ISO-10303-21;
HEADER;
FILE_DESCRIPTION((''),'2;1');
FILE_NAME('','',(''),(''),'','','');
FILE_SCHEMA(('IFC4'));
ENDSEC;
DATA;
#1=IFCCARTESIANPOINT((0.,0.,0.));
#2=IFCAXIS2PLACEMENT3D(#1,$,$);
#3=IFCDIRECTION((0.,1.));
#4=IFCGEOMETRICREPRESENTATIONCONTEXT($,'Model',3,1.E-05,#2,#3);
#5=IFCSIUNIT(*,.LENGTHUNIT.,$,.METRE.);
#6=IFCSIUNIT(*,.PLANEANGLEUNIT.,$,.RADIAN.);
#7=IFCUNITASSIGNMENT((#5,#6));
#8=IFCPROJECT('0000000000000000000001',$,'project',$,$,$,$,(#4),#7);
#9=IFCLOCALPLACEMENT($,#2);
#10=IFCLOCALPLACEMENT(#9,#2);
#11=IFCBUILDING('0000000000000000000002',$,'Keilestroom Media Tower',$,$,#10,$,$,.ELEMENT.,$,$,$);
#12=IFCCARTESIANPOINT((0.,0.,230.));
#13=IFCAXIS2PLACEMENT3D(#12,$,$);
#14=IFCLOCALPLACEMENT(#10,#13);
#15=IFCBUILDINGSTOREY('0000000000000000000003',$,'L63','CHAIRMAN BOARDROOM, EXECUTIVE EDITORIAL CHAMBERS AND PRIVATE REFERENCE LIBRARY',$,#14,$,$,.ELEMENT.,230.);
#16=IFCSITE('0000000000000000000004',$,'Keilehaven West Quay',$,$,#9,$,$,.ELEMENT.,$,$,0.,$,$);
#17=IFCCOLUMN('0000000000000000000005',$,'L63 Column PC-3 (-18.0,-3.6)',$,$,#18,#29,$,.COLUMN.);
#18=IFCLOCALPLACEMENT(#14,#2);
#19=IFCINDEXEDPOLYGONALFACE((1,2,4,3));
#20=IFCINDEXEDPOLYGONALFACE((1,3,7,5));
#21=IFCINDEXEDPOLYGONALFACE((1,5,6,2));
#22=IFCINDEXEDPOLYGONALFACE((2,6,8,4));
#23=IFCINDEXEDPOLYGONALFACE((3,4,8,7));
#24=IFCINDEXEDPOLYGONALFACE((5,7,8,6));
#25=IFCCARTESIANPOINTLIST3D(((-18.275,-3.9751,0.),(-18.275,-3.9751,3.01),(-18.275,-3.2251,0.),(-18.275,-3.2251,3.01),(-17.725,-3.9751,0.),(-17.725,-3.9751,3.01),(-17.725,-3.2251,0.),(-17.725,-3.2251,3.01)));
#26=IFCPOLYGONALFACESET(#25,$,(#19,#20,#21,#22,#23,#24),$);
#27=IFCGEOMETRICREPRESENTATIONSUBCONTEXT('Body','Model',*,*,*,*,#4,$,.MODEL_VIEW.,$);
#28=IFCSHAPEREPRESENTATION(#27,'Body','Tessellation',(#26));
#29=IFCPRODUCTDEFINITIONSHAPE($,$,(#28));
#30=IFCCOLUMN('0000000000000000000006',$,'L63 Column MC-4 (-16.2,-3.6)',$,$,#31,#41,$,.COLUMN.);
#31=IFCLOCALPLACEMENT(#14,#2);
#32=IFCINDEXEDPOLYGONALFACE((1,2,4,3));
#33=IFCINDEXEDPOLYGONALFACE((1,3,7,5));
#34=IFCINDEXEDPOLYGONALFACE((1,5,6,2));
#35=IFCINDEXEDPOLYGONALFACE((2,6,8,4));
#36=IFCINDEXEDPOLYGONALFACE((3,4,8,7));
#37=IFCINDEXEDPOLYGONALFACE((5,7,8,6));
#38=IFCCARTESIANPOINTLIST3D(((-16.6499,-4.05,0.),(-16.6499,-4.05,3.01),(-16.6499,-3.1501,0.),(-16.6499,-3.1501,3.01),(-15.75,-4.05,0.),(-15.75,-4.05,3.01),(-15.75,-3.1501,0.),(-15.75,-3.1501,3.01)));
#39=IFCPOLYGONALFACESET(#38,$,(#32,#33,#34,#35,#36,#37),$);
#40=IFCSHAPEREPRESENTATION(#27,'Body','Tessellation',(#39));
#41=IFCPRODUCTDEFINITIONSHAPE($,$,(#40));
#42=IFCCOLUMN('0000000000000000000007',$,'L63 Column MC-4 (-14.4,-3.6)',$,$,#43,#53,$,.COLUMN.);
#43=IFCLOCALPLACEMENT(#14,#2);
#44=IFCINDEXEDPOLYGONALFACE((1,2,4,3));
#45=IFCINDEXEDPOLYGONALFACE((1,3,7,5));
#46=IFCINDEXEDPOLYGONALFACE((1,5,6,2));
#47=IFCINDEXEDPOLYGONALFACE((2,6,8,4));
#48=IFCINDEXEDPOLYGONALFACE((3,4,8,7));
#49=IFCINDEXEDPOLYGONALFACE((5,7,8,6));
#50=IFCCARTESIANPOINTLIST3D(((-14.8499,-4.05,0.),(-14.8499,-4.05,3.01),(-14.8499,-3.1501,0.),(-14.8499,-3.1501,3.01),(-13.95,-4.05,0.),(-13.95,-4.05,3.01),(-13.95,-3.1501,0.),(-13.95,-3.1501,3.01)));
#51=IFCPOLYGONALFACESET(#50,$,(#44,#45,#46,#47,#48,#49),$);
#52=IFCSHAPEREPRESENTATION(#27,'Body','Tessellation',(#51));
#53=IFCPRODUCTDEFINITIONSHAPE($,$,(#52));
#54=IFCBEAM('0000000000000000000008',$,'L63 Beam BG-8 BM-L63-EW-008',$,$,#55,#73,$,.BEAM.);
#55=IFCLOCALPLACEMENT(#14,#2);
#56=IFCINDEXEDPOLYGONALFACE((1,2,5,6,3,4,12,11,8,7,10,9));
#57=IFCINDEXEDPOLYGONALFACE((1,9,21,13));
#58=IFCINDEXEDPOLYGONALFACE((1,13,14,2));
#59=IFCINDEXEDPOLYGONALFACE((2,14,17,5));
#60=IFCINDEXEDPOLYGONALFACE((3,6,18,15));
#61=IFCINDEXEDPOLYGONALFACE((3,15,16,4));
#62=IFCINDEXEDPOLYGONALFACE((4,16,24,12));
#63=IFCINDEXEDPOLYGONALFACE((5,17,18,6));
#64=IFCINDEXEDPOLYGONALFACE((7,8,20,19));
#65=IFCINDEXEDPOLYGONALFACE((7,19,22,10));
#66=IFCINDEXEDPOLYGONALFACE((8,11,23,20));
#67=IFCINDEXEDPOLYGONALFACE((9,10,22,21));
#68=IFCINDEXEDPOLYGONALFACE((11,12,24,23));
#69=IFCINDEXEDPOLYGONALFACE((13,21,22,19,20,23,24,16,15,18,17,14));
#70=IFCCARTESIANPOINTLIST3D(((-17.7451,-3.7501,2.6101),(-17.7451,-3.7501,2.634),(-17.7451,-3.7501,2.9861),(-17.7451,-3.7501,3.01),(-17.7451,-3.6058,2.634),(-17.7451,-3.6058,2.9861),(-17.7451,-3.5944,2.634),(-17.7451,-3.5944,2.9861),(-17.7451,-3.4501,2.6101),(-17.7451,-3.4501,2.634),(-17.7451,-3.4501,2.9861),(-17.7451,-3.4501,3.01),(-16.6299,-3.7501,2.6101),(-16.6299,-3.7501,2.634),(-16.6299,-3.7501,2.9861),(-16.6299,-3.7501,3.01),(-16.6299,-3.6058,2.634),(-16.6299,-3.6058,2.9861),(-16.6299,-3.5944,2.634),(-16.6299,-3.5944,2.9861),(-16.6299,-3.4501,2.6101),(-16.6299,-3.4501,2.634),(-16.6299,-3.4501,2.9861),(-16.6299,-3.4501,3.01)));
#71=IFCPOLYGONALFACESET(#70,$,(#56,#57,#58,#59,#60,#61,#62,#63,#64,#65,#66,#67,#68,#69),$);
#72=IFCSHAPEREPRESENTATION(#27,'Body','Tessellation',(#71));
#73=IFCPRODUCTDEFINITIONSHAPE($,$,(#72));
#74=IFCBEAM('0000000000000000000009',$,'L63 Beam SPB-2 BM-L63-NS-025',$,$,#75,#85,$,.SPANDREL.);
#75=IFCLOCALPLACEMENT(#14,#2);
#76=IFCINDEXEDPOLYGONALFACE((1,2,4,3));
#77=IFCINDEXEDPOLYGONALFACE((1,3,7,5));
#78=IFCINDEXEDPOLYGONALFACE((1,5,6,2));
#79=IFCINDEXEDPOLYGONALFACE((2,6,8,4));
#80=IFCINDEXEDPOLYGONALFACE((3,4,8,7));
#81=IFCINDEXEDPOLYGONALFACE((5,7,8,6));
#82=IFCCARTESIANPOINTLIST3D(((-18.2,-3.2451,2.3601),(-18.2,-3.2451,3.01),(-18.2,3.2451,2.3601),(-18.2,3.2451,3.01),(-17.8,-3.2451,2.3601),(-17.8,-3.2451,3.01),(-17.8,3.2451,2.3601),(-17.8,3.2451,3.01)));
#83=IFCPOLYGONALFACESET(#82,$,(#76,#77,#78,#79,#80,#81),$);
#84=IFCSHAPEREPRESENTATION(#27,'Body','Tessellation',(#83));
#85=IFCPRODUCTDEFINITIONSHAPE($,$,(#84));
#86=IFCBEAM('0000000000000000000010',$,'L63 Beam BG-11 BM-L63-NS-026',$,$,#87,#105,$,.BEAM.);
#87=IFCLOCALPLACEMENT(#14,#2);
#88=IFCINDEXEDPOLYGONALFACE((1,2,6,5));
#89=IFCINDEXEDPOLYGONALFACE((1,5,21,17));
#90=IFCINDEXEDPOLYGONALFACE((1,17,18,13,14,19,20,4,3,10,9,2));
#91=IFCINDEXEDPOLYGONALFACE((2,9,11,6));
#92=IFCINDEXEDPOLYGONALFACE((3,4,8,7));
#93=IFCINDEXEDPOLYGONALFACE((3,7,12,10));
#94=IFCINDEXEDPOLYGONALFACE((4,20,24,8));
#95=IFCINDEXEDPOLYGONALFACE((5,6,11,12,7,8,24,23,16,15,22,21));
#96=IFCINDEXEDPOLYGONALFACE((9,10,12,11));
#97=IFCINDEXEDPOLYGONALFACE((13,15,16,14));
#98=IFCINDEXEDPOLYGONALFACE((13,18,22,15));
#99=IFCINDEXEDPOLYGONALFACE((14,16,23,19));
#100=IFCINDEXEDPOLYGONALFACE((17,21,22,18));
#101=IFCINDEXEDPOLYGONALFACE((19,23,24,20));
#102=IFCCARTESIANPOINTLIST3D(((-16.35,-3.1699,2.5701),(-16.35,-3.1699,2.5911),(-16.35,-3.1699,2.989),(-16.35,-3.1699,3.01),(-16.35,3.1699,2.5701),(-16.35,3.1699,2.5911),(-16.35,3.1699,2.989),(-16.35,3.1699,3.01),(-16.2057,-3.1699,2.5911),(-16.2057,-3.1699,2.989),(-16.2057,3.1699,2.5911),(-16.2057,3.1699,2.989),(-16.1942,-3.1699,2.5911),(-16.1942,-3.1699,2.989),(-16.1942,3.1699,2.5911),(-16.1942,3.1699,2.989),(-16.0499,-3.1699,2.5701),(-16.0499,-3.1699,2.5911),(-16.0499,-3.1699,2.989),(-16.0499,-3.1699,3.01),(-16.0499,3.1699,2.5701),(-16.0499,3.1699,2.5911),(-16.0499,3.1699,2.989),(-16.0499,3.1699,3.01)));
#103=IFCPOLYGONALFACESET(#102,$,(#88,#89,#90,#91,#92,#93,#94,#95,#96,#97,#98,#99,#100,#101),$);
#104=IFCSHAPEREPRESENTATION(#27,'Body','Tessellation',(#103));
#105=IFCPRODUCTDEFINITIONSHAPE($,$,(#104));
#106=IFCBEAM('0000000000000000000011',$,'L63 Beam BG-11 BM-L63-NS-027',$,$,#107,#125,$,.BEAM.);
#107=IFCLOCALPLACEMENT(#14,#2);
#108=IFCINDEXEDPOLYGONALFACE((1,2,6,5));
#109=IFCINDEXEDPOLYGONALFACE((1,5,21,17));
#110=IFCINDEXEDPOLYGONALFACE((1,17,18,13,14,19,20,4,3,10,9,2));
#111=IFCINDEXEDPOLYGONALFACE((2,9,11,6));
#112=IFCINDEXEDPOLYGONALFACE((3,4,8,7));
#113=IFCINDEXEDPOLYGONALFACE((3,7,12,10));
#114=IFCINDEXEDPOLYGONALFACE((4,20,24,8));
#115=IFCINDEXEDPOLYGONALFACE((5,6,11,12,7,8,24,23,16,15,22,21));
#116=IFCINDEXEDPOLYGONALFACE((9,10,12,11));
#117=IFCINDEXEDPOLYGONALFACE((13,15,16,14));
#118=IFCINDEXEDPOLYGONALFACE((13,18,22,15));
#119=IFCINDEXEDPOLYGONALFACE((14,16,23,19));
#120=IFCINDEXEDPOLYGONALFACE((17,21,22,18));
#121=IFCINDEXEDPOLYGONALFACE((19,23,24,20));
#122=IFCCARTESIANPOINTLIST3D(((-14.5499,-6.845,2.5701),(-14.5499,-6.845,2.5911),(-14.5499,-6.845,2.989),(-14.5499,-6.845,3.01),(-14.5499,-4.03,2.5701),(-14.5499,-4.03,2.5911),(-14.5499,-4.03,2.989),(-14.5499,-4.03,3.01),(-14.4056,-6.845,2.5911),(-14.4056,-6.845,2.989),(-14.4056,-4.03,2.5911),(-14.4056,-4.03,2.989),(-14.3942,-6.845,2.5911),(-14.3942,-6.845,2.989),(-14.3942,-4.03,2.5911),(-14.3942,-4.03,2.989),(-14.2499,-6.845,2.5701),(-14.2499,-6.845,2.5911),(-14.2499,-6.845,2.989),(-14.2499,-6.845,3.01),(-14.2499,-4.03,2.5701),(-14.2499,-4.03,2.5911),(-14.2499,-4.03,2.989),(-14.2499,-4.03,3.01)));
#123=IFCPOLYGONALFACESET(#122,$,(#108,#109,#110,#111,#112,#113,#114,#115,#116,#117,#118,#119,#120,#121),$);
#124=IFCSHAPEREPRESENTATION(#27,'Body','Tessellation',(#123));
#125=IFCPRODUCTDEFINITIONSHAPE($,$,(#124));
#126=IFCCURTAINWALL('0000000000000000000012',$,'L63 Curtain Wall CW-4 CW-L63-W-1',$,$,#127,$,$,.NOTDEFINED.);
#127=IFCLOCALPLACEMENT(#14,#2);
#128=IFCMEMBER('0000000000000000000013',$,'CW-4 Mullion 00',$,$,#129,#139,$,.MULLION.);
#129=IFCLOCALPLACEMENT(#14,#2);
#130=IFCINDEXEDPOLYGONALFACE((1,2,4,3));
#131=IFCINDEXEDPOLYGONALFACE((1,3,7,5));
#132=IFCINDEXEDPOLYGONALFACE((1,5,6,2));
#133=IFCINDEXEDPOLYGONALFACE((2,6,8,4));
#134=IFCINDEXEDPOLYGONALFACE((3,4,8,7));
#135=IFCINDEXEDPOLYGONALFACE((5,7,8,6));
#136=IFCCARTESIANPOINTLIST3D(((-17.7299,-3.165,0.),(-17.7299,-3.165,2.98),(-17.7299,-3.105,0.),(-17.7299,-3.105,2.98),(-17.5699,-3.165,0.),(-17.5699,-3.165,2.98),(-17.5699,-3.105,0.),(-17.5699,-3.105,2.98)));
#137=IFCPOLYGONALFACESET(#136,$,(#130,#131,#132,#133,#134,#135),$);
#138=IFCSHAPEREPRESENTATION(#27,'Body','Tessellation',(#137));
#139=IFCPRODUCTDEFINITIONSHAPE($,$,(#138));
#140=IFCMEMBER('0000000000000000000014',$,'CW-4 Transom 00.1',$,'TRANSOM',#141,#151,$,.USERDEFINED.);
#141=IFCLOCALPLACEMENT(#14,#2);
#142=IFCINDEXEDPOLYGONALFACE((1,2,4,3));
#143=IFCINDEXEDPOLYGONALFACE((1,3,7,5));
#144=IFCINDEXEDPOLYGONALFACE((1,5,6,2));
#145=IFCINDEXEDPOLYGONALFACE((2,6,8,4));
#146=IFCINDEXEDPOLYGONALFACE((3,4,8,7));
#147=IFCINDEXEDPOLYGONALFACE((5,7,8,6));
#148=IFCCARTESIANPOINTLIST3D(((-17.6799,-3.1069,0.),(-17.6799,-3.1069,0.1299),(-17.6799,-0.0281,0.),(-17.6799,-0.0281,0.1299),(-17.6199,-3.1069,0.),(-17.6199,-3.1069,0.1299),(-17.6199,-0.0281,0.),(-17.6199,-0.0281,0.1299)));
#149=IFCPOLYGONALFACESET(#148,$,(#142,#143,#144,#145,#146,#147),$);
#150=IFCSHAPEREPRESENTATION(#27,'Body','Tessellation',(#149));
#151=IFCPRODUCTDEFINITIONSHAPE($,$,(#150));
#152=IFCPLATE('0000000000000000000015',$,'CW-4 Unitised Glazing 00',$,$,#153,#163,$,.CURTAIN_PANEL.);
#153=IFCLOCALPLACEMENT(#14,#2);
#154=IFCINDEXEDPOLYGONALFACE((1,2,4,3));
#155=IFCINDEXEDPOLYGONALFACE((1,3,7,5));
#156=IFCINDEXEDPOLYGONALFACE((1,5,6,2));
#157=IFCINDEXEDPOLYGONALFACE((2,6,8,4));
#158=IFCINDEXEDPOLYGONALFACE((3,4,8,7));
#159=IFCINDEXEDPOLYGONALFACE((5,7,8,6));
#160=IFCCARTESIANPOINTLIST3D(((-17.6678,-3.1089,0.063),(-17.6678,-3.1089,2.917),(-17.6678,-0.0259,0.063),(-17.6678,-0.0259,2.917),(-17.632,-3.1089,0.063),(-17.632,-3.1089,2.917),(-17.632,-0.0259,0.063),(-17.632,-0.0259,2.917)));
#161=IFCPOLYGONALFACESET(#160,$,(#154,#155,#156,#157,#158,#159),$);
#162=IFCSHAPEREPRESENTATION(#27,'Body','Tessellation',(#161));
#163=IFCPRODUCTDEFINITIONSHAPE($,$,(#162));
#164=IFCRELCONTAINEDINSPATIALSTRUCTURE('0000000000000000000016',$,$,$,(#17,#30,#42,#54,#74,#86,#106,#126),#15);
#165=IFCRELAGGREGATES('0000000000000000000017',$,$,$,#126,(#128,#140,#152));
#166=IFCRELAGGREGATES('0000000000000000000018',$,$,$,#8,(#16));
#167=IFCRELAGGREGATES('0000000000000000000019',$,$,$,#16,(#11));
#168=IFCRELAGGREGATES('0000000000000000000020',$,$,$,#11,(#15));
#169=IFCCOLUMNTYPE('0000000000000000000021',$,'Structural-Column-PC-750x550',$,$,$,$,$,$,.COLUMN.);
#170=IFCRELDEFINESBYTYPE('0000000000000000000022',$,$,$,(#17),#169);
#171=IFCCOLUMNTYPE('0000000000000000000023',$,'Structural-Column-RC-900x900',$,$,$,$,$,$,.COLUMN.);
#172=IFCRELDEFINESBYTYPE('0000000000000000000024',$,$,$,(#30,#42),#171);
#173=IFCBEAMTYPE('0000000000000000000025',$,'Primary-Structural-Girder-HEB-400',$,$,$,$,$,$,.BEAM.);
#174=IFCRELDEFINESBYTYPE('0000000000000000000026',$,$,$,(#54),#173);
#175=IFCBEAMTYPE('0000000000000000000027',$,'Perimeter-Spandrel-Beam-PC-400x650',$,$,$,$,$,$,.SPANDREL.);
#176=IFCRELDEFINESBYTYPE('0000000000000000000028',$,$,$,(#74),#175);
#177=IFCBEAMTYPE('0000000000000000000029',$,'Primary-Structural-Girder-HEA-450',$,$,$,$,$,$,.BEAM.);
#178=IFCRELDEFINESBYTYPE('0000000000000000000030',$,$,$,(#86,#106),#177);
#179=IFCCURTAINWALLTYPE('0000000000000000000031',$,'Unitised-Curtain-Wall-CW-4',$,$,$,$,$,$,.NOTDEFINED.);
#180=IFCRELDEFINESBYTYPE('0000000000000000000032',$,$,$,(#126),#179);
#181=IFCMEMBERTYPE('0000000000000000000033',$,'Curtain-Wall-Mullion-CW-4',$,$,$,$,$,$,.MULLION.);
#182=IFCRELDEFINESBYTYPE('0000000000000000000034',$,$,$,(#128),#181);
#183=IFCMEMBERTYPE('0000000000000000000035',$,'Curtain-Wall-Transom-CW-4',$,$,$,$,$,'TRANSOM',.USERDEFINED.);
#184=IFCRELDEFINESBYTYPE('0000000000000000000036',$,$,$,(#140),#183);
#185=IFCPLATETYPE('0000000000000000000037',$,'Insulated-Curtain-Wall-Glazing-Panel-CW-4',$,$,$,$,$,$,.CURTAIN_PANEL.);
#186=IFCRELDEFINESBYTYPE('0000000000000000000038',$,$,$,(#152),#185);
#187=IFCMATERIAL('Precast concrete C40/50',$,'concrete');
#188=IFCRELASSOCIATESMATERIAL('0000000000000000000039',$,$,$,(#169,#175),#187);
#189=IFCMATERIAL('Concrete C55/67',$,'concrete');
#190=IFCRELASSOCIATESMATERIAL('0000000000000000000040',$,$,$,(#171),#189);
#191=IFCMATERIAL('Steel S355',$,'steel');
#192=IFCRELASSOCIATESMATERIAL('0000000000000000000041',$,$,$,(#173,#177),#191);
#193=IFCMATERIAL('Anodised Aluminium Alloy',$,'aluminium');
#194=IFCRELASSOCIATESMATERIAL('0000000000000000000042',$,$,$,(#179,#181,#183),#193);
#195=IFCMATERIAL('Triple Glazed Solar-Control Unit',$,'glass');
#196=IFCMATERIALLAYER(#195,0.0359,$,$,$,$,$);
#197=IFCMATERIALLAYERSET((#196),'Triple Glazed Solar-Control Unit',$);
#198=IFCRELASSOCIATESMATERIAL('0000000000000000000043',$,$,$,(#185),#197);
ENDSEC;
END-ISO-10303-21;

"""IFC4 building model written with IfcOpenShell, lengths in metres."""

from ifc_helpers import new_model, si_unit, direction, frame, origin, origin_2d, place, context, subcontext, project, spatial, rectangle, i_section, extrude, source, transform, mapped, material, layer, layer_set, material_profile, profile_set, type_object, element, aggregate, save


model = new_model("IFC4")

# Units and contexts
model_context = context("Model", 3, precision=1e-05, world=origin(), true_north=direction((0.0, 1.0)))
body_context = subcontext(model_context, "Body", "Model", "MODEL_VIEW")
ifc_project = project(units=[si_unit("LENGTHUNIT", "METRE"), si_unit("PLANEANGLEUNIT", "RADIAN")], contexts=[model_context])

# Site, building, storey
site_placement = place(None, origin())
site = spatial("IfcSite", under=ifc_project, at=site_placement, Name="Keilehaven West Quay", CompositionType="ELEMENT", RefElevation=0.0)
building_placement = place(site_placement, origin())
building = spatial("IfcBuilding", under=site, at=building_placement, Name="Keilestroom Media Tower", CompositionType="ELEMENT")
storey_placement = place(building_placement, frame((0.0, 0.0, 230.0)))
storey = spatial("IfcBuildingStorey", under=building, at=storey_placement, Name="L63", Description="CHAIRMAN BOARDROOM, EXECUTIVE EDITORIAL CHAMBERS AND PRIVATE REFERENCE LIBRARY", CompositionType="ELEMENT", Elevation=230.0)

# Columns
ifc_material_1 = material(Name="Precast concrete C40/50", Category="concrete")
ifc_material_profile_1 = material_profile(ifc_material_1, rectangle(XDim=0.55, YDim=0.75, at=origin_2d()), Name="PC 750x550")
ifc_profile_set_1 = profile_set([ifc_material_profile_1], Name="Precast concrete C40/50")
column_type_1 = type_object("IfcColumnType", Name="Structural-Column-PC-750x550", PredefinedType="COLUMN", material=ifc_profile_set_1)
shared_shape_1 = source(origin(), body_context, "Body", "SweptSolid", [
    extrude(rectangle(XDim=0.55, YDim=0.75, at=origin_2d()), origin(), (0.0, 0.0, 1.0), 3.01),
])
column_placement = place(storey_placement, frame((-18.0, -3.6001, 0.0), z_axis=(0.0, 0.0, 1.0), x_axis=(1.0, 0.0, 0.0)))
element("IfcColumn", 1, at=column_placement, inside=storey, type_object=column_type_1, Name="L63 Column PC-3 (-18.0,-3.6)", PredefinedType="COLUMN", context=body_context, shape_type="MappedRepresentation", body=[
    mapped(shared_shape_1, transform((0.0, 0.0, 0.0), x_axis=(1.0, 0.0, 0.0), y_axis=(0.0, 1.0, 0.0), z_axis=(0.0, 0.0, 1.0), scale=1.0)),
])
ifc_material_2 = material(Name="Concrete C55/67", Category="concrete")
ifc_material_profile_2 = material_profile(ifc_material_2, rectangle(XDim=0.8999, YDim=0.8999, at=origin_2d()), Name="RC 900x900")
ifc_profile_set_2 = profile_set([ifc_material_profile_2], Name="Concrete C55/67")
column_type_2 = type_object("IfcColumnType", Name="Structural-Column-RC-900x900", PredefinedType="COLUMN", material=ifc_profile_set_2)
shared_shape_2 = source(origin(), body_context, "Body", "SweptSolid", [
    extrude(rectangle(XDim=0.8999, YDim=0.8999, at=origin_2d()), origin(), (0.0, 0.0, 1.0), 3.01),
])
for number, where, z_axis, x_axis, name in (
    (2, (-16.2, -3.6001, 0.0), (0.0, 0.0, 1.0), (1.0, 0.0, 0.0), "L63 Column MC-4 (-16.2,-3.6)"),
    (3, (-14.3999, -3.6001, 0.0), (0.0, 0.0, 1.0), (1.0, 0.0, 0.0), "L63 Column MC-4 (-14.4,-3.6)"),
):
    element("IfcColumn", number, at=place(storey_placement, frame(where, z_axis=z_axis, x_axis=x_axis)), inside=storey, type_object=column_type_2, Name=name, PredefinedType="COLUMN", context=body_context, shape_type="MappedRepresentation", body=[
        mapped(shared_shape_2, transform((0.0, 0.0, 0.0), x_axis=(1.0, 0.0, 0.0), y_axis=(0.0, 1.0, 0.0), z_axis=(0.0, 0.0, 1.0), scale=1.0)),
    ])

# Beams
ifc_material_3 = material(Name="Steel S355", Category="steel")
ifc_material_profile_3 = material_profile(ifc_material_3, i_section(OverallWidth=0.3, OverallDepth=0.3999, WebThickness=0.0115, FlangeThickness=0.0239, at=origin_2d()), Name="HEB 400")
ifc_profile_set_3 = profile_set([ifc_material_profile_3], Name="Steel S355")
beam_type_1 = type_object("IfcBeamType", Name="Primary-Structural-Girder-HEB-400", PredefinedType="BEAM", material=ifc_profile_set_3)
shared_shape_3 = source(origin(), body_context, "Body", "SweptSolid", [
    extrude(i_section(OverallWidth=0.3, OverallDepth=0.3999, WebThickness=0.0115, FlangeThickness=0.0239, at=origin_2d()), origin(), (0.0, 0.0, 1.0), 1.1152),
])
beam_1_placement = place(storey_placement, frame((-17.7451, -3.6001, 2.8101), z_axis=(1.0, 0.0, 0.0), x_axis=(0.0, 1.0, 0.0)))
element("IfcBeam", 4, at=beam_1_placement, inside=storey, type_object=beam_type_1, Name="L63 Beam BG-8 BM-L63-EW-008", PredefinedType="BEAM", context=body_context, shape_type="MappedRepresentation", body=[
    mapped(shared_shape_3, transform((0.0, 0.0, 0.0), x_axis=(1.0, 0.0, 0.0), y_axis=(0.0, 1.0, 0.0), z_axis=(0.0, 0.0, 1.0), scale=1.0)),
])
ifc_material_profile_4 = material_profile(ifc_material_1, rectangle(XDim=0.3999, YDim=0.6499, at=origin_2d()), Name="PC 400x650")
ifc_profile_set_4 = profile_set([ifc_material_profile_4], Name="Precast concrete C40/50")
beam_type_2 = type_object("IfcBeamType", Name="Perimeter-Spandrel-Beam-PC-400x650", PredefinedType="SPANDREL", material=ifc_profile_set_4)
shared_shape_4 = source(origin(), body_context, "Body", "SweptSolid", [
    extrude(rectangle(XDim=0.3999, YDim=0.6499, at=origin_2d()), origin(), (0.0, 0.0, 1.0), 6.4902),
])
beam_2_placement = place(storey_placement, frame((-18.0, -3.2451, 2.6851), z_axis=(0.0, 1.0, 0.0), x_axis=(-1.0, 0.0, 0.0)))
element("IfcBeam", 5, at=beam_2_placement, inside=storey, type_object=beam_type_2, Name="L63 Beam SPB-2 BM-L63-NS-025", PredefinedType="SPANDREL", context=body_context, shape_type="MappedRepresentation", body=[
    mapped(shared_shape_4, transform((0.0, 0.0, 0.0), x_axis=(1.0, 0.0, 0.0), y_axis=(0.0, 1.0, 0.0), z_axis=(0.0, 0.0, 1.0), scale=1.0)),
])
ifc_material_profile_5 = material_profile(ifc_material_3, i_section(OverallWidth=0.3, OverallDepth=0.4399, WebThickness=0.0115, FlangeThickness=0.021, at=origin_2d()), Name="HEA 450")
ifc_profile_set_5 = profile_set([ifc_material_profile_5], Name="Steel S355")
beam_type_3 = type_object("IfcBeamType", Name="Primary-Structural-Girder-HEA-450", PredefinedType="BEAM", material=ifc_profile_set_5)
shared_shape_5 = source(origin(), body_context, "Body", "SweptSolid", [
    extrude(i_section(OverallWidth=0.3, OverallDepth=0.4399, WebThickness=0.0115, FlangeThickness=0.021, at=origin_2d()), origin(), (0.0, 0.0, 1.0), 6.3398),
])
beam_3_placement = place(storey_placement, frame((-16.2, -3.1699, 2.79), z_axis=(0.0, 1.0, 0.0), x_axis=(-1.0, 0.0, 0.0)))
element("IfcBeam", 6, at=beam_3_placement, inside=storey, type_object=beam_type_3, Name="L63 Beam BG-11 BM-L63-NS-026", PredefinedType="BEAM", context=body_context, shape_type="MappedRepresentation", body=[
    mapped(shared_shape_5, transform((0.0, 0.0, 0.0), x_axis=(1.0, 0.0, 0.0), y_axis=(0.0, 1.0, 0.0), z_axis=(0.0, 0.0, 1.0), scale=1.0)),
])
shared_shape_6 = source(origin(), body_context, "Body", "SweptSolid", [
    extrude(i_section(OverallWidth=0.3, OverallDepth=0.4399, WebThickness=0.0115, FlangeThickness=0.021, at=origin_2d()), origin(), (0.0, 0.0, 1.0), 2.8149),
])
beam_4_placement = place(storey_placement, frame((-14.3999, -6.845, 2.79), z_axis=(0.0, 1.0, 0.0), x_axis=(-1.0, 0.0, 0.0)))
element("IfcBeam", 7, at=beam_4_placement, inside=storey, type_object=beam_type_3, Name="L63 Beam BG-11 BM-L63-NS-027", PredefinedType="BEAM", context=body_context, shape_type="MappedRepresentation", body=[
    mapped(shared_shape_6, transform((0.0, 0.0, 0.0), x_axis=(1.0, 0.0, 0.0), y_axis=(0.0, 1.0, 0.0), z_axis=(0.0, 0.0, 1.0), scale=1.0)),
])

# Curtain wall, members, plate
ifc_material_4 = material(Name="Anodised Aluminium Alloy", Category="aluminium")
curtain_wall_type = type_object("IfcCurtainWallType", Name="Unitised-Curtain-Wall-CW-4", PredefinedType="NOTDEFINED", material=ifc_material_4)
curtain_wall_placement = place(storey_placement, origin())
curtain_wall = element("IfcCurtainWall", 8, at=curtain_wall_placement, inside=storey, type_object=curtain_wall_type, Name="L63 Curtain Wall CW-4 CW-L63-W-1", PredefinedType="NOTDEFINED")
ifc_material_profile_6 = material_profile(ifc_material_4, rectangle(XDim=0.0601, YDim=0.1599, at=origin_2d()), Name="ALU MULLION 60x160")
ifc_profile_set_6 = profile_set([ifc_material_profile_6], Name="Anodised Aluminium Alloy")
member_type_1 = type_object("IfcMemberType", Name="Curtain-Wall-Mullion-CW-4", PredefinedType="MULLION", material=ifc_profile_set_6)
shared_shape_7 = source(origin(), body_context, "Body", "SweptSolid", [
    extrude(rectangle(XDim=0.0601, YDim=0.1599, at=origin_2d()), origin(), (0.0, 0.0, 1.0), 2.98),
])
member_1_placement = place(storey_placement, frame((-17.6499, -3.135, 0.0), z_axis=(0.0, 0.0, 1.0), x_axis=(0.0, 1.0, 0.0)))
member_1 = element("IfcMember", 9, at=member_1_placement, type_object=member_type_1, Name="CW-4 Mullion 00", PredefinedType="MULLION", context=body_context, shape_type="MappedRepresentation", body=[
    mapped(shared_shape_7, transform((0.0, 0.0, 0.0), x_axis=(1.0, 0.0, 0.0), y_axis=(0.0, 1.0, 0.0), z_axis=(0.0, 0.0, 1.0), scale=1.0)),
])
ifc_material_profile_7 = material_profile(ifc_material_4, rectangle(XDim=0.0601, YDim=0.1299, at=origin_2d()), Name="ALU TRANSOM 60x130")
ifc_profile_set_7 = profile_set([ifc_material_profile_7], Name="Anodised Aluminium Alloy")
member_type_2 = type_object("IfcMemberType", Name="Curtain-Wall-Transom-CW-4", ElementType="TRANSOM", PredefinedType="USERDEFINED", material=ifc_profile_set_7)
shared_shape_8 = source(origin(), body_context, "Body", "SweptSolid", [
    extrude(rectangle(XDim=0.0601, YDim=0.1299, at=origin_2d()), origin(), (0.0, 0.0, 1.0), 3.0789),
])
member_2_placement = place(storey_placement, frame((-17.6499, -3.1069, 0.0649), z_axis=(0.0, 1.0, 0.0), x_axis=(-1.0, 0.0, 0.0)))
member_2 = element("IfcMember", 10, at=member_2_placement, type_object=member_type_2, Name="CW-4 Transom 00.1", ObjectType="TRANSOM", PredefinedType="USERDEFINED", context=body_context, shape_type="MappedRepresentation", body=[
    mapped(shared_shape_8, transform((0.0, 0.0, 0.0), x_axis=(1.0, 0.0, 0.0), y_axis=(0.0, 1.0, 0.0), z_axis=(0.0, 0.0, 1.0), scale=1.0)),
])
ifc_material_5 = material(Name="Triple Glazed Solar-Control Unit", Category="glass")
ifc_layer_1 = layer(ifc_material_5, 0.0359)
ifc_layer_set_1 = layer_set([ifc_layer_1], Name="Triple Glazed Solar-Control Unit")
plate_type = type_object("IfcPlateType", Name="Insulated-Curtain-Wall-Glazing-Panel-CW-4", PredefinedType="CURTAIN_PANEL", material=ifc_layer_set_1)
shared_shape_9 = source(origin(), body_context, "Body", "SweptSolid", [
    extrude(rectangle(XDim=3.083, YDim=0.0359, at=origin_2d()), origin(), (0.0, 0.0, 1.0), 2.854),
])
plate_placement = place(storey_placement, frame((-17.6499, -1.5674, 0.063), z_axis=(0.0, 0.0, 1.0), x_axis=(0.0, 1.0, 0.0)))
plate = element("IfcPlate", 11, at=plate_placement, type_object=plate_type, Name="CW-4 Unitised Glazing 00", PredefinedType="CURTAIN_PANEL", context=body_context, shape_type="MappedRepresentation", body=[
    mapped(shared_shape_9, transform((0.0, 0.0, 0.0), x_axis=(1.0, 0.0, 0.0), y_axis=(0.0, 1.0, 0.0), z_axis=(0.0, 0.0, 1.0), scale=1.0)),
])
aggregate(curtain_wall, [member_1, member_2, plate])

save(model, "model.ifc")
